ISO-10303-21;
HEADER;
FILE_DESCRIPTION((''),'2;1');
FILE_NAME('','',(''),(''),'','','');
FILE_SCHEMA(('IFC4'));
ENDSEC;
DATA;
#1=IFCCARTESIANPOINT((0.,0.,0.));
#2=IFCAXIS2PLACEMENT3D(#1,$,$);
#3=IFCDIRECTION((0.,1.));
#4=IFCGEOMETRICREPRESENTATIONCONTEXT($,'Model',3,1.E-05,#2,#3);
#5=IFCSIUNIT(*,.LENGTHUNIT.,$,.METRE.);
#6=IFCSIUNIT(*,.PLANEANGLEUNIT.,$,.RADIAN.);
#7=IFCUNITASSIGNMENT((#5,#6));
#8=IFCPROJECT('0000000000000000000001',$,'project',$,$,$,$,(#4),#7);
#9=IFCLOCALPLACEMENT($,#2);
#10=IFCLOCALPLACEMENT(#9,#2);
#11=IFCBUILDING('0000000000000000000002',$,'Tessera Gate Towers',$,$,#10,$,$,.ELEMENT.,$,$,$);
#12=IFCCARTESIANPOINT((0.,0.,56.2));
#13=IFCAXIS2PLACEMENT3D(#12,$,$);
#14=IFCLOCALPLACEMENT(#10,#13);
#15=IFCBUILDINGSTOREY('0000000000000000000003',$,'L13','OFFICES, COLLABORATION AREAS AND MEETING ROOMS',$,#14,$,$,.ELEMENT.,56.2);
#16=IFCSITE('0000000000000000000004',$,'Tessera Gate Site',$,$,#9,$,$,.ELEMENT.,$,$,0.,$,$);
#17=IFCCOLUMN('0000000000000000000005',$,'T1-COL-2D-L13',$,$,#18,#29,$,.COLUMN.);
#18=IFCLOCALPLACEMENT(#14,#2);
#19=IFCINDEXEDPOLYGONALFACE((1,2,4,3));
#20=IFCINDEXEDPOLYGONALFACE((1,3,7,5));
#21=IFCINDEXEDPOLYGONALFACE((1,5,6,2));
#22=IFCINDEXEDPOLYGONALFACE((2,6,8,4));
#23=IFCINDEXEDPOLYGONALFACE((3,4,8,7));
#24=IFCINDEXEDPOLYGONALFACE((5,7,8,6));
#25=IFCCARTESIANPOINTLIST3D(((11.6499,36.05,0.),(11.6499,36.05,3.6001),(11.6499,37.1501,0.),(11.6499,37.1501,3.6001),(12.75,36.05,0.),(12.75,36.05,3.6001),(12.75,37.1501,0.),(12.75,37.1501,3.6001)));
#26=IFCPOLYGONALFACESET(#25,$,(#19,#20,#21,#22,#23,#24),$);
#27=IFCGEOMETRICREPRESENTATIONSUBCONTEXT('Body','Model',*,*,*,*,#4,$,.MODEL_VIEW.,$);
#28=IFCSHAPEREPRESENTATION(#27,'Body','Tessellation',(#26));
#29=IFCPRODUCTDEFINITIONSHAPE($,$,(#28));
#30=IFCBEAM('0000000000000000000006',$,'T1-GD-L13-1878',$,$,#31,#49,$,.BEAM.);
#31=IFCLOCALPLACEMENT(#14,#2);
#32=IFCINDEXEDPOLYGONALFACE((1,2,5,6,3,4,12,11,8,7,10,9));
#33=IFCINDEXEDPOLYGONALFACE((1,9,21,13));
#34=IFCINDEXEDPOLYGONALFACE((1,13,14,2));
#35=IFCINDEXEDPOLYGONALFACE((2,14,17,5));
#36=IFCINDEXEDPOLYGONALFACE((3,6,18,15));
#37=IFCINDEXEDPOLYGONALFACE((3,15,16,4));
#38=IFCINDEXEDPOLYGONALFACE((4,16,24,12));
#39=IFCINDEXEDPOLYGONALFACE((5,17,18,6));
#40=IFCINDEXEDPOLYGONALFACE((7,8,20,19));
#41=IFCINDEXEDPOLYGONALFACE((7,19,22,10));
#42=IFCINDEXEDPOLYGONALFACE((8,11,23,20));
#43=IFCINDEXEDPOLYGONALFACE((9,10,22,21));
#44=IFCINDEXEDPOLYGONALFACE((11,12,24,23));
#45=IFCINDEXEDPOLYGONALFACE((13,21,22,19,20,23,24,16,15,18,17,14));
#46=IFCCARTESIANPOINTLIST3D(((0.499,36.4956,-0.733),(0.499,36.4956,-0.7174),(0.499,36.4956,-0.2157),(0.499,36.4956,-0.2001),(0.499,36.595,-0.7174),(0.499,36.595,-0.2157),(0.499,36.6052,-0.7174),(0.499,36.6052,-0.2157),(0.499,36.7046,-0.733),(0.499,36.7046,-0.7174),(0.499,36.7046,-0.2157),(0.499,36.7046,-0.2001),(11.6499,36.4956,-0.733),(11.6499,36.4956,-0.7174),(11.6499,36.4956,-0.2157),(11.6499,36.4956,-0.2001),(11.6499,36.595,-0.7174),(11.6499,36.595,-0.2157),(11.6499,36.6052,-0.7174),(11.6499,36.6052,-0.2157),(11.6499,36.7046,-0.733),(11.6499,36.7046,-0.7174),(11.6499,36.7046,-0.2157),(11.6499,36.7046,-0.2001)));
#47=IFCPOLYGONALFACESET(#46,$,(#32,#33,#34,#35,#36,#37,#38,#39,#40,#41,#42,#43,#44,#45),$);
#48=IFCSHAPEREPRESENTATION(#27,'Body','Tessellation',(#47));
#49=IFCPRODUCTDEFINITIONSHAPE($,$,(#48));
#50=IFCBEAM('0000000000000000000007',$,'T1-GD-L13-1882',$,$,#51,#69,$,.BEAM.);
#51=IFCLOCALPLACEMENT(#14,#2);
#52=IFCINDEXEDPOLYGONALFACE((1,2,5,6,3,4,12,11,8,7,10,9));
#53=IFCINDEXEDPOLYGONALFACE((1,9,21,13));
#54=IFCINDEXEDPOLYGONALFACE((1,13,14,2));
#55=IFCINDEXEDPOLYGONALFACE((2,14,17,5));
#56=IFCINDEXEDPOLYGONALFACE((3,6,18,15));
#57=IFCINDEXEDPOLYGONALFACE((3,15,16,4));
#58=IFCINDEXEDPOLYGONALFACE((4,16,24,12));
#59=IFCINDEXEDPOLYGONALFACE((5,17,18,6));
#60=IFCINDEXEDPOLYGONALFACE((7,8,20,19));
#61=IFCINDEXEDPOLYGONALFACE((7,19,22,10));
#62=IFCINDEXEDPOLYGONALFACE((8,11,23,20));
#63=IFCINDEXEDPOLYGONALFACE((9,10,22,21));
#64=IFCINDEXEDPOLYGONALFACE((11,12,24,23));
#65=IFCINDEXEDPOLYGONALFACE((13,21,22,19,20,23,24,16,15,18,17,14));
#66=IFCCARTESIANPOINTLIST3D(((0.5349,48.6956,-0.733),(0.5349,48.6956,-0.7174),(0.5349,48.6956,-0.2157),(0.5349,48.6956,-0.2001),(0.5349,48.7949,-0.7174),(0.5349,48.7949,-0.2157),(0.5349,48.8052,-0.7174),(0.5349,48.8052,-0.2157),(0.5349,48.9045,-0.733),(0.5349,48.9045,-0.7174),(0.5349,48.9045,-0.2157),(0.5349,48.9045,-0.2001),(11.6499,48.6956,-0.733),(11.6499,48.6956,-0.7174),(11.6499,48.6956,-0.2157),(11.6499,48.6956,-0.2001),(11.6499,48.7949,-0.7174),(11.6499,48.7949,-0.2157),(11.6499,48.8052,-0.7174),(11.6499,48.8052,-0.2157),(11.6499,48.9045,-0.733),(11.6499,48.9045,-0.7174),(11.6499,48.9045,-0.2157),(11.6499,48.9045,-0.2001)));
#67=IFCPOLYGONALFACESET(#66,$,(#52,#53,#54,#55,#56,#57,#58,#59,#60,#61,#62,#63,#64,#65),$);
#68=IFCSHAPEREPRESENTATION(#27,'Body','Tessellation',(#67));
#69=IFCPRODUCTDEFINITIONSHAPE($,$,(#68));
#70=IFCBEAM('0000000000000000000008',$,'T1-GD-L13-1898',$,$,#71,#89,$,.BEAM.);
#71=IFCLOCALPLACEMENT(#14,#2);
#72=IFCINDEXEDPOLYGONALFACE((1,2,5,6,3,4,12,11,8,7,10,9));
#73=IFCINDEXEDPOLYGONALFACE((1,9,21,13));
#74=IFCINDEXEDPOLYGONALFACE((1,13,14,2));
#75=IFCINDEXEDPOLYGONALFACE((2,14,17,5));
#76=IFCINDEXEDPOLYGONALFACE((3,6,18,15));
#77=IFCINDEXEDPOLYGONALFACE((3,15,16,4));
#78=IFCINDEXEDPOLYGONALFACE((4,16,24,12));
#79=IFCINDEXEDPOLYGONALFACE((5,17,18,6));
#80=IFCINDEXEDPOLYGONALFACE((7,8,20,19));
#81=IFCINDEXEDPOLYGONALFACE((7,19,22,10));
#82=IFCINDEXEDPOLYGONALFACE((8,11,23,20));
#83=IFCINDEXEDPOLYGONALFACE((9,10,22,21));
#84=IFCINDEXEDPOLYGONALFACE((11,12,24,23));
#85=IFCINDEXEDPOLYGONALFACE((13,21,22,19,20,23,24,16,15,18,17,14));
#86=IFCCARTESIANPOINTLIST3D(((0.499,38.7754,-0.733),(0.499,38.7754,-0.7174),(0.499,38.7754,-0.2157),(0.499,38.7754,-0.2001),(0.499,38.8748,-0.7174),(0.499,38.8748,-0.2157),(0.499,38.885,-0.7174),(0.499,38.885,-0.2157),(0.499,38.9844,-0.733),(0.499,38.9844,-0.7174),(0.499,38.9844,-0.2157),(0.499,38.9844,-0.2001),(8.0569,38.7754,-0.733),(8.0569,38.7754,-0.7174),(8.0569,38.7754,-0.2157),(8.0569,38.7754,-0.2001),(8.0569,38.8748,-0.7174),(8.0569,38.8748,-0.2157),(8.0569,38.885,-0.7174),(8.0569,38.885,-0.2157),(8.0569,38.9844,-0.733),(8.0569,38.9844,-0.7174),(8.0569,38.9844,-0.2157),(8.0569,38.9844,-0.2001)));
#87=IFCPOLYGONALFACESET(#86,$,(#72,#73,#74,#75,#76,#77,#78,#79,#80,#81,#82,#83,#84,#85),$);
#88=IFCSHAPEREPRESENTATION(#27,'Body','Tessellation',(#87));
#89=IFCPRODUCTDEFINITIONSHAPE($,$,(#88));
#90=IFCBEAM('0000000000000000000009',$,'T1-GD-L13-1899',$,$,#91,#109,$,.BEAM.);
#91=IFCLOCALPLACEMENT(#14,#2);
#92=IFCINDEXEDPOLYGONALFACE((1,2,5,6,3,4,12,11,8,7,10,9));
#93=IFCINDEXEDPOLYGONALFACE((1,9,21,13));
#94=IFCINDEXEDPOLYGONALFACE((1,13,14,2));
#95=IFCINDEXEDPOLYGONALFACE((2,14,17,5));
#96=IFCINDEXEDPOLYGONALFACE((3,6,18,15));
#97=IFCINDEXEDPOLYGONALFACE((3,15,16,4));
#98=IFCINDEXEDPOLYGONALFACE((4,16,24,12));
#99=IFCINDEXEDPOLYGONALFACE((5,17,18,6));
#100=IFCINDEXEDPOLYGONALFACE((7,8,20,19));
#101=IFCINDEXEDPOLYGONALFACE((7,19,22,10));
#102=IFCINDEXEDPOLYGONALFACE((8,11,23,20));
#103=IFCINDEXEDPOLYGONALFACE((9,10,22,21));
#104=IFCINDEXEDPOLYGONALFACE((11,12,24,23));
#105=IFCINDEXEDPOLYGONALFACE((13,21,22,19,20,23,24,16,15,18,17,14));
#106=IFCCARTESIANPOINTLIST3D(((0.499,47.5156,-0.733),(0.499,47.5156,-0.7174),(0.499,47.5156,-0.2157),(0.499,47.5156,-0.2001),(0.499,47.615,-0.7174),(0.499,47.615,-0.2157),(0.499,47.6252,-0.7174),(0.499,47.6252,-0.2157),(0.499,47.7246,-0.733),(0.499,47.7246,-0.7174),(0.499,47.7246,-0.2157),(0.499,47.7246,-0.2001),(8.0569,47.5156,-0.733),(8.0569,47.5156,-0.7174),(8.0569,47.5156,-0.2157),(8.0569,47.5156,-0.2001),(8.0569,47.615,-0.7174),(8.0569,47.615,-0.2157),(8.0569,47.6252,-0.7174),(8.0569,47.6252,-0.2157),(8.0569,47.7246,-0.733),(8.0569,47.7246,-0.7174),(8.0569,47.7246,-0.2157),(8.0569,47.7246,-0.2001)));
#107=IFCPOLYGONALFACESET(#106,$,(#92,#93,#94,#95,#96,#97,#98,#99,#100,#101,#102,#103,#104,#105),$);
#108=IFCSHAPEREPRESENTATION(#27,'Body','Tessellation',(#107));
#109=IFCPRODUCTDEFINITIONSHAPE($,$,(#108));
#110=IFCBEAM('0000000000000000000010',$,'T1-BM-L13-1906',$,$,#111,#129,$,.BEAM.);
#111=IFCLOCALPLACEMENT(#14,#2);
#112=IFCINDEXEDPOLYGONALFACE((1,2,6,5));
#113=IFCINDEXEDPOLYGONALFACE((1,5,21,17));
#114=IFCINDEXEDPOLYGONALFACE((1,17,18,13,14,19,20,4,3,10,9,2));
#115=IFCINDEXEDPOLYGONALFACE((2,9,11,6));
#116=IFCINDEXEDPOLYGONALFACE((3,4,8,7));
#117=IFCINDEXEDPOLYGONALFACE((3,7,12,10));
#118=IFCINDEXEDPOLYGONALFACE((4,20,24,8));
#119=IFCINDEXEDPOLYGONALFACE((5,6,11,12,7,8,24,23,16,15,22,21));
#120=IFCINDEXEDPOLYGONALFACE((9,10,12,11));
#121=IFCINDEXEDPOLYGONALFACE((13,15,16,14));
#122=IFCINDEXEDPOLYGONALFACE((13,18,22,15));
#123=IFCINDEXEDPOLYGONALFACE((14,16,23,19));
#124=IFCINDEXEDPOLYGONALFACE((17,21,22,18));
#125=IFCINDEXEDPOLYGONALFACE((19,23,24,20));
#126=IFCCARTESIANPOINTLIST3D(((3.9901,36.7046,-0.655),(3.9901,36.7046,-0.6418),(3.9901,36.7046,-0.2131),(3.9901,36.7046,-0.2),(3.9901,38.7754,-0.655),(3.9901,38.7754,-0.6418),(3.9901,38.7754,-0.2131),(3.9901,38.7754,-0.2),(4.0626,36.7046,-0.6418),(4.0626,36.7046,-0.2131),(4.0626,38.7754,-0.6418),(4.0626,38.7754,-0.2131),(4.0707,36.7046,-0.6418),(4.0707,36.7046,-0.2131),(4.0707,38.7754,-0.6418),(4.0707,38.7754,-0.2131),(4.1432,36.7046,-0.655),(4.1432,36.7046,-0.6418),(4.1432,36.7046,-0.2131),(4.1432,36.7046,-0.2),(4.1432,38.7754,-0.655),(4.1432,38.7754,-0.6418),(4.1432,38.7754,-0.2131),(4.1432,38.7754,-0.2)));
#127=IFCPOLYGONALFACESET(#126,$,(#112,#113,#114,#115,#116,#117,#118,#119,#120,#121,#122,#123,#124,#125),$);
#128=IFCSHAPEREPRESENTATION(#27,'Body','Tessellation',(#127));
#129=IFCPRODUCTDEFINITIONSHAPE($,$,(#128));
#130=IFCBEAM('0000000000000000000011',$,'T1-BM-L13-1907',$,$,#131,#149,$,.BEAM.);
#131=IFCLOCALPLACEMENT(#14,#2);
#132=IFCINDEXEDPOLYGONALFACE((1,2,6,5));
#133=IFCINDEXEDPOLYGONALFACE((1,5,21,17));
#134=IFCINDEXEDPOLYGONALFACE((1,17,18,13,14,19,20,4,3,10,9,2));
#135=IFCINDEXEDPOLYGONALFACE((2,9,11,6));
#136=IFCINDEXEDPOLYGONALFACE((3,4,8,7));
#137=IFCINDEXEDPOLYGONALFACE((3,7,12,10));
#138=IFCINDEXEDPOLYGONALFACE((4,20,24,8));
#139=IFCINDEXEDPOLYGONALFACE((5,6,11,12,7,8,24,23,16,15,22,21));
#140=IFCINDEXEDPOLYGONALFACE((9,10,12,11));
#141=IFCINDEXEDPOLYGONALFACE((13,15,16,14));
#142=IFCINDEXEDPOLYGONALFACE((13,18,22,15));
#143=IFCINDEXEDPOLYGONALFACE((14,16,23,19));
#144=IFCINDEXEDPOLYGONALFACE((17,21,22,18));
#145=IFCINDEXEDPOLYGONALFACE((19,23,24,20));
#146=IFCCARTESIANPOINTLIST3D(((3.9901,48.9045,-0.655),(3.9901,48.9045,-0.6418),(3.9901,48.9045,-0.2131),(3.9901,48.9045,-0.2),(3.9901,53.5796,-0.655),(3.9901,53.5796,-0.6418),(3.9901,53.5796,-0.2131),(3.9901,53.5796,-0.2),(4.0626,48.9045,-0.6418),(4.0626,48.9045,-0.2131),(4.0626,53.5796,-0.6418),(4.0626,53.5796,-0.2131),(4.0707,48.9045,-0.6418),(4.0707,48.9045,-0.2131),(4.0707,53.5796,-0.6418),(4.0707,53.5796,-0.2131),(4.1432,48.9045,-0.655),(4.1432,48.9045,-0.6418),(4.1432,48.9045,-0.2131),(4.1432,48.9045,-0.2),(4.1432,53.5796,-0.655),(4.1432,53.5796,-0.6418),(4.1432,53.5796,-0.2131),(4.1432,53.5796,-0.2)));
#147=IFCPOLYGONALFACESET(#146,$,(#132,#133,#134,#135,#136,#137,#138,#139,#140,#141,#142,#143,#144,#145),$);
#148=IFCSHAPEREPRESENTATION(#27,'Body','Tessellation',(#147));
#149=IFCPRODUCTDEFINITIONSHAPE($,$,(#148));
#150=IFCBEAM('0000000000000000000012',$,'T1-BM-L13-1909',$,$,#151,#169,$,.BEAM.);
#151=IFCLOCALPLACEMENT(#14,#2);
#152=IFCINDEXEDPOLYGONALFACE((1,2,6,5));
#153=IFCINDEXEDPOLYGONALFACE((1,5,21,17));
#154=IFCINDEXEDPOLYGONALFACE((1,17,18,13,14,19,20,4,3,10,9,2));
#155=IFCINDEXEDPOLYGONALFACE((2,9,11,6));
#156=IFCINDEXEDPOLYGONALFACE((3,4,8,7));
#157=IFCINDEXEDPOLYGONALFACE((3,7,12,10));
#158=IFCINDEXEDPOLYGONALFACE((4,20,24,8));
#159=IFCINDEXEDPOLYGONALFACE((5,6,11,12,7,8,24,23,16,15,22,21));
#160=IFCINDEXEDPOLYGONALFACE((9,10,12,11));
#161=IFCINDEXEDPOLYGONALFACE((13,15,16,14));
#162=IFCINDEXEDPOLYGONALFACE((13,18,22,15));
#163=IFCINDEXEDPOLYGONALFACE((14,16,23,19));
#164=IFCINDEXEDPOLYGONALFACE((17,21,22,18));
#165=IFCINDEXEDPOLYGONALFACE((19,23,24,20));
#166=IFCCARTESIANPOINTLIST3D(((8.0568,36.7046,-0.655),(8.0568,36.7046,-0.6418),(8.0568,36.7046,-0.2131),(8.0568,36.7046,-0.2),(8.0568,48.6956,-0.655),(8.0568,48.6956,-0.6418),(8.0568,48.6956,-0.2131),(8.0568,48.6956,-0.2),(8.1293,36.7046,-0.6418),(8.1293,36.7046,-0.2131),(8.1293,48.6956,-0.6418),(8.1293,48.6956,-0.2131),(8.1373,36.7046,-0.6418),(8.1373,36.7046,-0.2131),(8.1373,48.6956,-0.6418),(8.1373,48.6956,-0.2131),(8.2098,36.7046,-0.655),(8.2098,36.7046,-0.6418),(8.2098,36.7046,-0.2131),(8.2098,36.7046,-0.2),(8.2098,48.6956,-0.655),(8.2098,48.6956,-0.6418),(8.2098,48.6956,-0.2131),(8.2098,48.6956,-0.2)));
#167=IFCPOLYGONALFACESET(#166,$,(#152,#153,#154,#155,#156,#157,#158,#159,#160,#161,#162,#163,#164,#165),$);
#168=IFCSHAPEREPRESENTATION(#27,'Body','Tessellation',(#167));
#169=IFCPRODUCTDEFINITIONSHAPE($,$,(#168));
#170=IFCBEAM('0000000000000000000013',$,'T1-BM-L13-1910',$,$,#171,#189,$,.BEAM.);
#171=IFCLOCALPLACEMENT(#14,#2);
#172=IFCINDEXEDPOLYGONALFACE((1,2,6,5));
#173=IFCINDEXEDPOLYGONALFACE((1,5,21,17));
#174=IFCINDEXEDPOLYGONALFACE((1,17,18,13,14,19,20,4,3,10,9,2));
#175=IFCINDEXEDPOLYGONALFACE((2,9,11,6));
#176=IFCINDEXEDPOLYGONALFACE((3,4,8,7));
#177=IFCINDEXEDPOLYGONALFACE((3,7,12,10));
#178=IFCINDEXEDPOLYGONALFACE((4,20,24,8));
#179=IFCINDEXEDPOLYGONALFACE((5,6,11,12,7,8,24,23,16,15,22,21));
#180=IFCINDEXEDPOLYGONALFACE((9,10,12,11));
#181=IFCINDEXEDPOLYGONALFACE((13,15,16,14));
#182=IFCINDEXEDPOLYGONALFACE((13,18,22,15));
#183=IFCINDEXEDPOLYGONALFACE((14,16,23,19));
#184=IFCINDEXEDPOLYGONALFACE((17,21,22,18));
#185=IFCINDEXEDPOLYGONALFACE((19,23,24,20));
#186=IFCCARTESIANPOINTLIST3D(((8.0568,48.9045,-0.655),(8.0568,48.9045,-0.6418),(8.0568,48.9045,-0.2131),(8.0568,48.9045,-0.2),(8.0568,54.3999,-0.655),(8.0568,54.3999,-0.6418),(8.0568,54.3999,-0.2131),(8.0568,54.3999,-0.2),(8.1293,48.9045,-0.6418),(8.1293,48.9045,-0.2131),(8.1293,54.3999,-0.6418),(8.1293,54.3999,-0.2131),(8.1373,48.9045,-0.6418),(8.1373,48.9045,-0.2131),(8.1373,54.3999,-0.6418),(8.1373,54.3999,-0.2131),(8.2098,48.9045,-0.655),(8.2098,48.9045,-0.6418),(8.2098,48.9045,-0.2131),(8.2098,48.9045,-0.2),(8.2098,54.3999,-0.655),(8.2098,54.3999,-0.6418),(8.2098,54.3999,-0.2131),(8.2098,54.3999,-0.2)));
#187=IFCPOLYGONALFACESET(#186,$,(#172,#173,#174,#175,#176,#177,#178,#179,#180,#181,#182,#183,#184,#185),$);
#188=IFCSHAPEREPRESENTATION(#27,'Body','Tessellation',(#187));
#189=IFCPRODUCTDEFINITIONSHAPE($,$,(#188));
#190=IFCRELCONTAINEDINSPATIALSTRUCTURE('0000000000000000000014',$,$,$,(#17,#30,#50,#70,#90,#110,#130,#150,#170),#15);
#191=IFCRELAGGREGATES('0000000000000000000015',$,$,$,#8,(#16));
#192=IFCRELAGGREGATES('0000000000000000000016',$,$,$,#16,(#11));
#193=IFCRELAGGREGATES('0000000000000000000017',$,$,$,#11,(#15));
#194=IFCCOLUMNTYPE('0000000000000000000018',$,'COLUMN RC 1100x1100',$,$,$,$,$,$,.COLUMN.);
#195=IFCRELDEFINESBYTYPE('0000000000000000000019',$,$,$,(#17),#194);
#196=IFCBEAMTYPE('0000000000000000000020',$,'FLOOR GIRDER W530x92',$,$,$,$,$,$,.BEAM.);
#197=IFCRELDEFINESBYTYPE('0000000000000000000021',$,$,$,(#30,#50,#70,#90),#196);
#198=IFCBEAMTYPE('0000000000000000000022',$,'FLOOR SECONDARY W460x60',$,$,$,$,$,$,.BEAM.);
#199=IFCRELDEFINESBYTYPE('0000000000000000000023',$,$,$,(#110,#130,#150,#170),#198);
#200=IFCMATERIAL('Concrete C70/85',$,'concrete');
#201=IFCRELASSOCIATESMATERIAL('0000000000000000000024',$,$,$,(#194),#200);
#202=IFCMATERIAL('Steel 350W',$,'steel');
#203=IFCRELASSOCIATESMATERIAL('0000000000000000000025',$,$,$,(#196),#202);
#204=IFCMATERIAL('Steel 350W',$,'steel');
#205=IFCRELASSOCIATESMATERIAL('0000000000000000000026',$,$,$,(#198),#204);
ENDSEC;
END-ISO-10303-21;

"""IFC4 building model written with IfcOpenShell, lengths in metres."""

from ifc_helpers import new_model, si_unit, direction, frame, origin, origin_2d, place, context, subcontext, project, spatial, rectangle, i_section, extrude, material, material_profile, profile_set, type_object, element, save


model = new_model("IFC4")

# Units and contexts
model_context = context("Model", 3, precision=1e-05, world=origin(), true_north=direction((0.0, 1.0)))
body_context = subcontext(model_context, "Body", "Model", "MODEL_VIEW")
ifc_project = project(units=[si_unit("LENGTHUNIT", "METRE"), si_unit("PLANEANGLEUNIT", "RADIAN")], contexts=[model_context])

# Site, building, storey
site_placement = place(None, origin())
site = spatial("IfcSite", under=ifc_project, at=site_placement, Name="Tessera Gate Site", CompositionType="ELEMENT", RefElevation=0.0)
building_placement = place(site_placement, origin())
building = spatial("IfcBuilding", under=site, at=building_placement, Name="Tessera Gate Towers", CompositionType="ELEMENT")
storey_placement = place(building_placement, frame((0.0, 0.0, 56.2)))
storey = spatial("IfcBuildingStorey", under=building, at=storey_placement, Name="L13", Description="OFFICES, COLLABORATION AREAS AND MEETING ROOMS", CompositionType="ELEMENT", Elevation=56.2)

# Column
ifc_material_1 = material(Name="Concrete C70/85", Category="concrete")
ifc_material_profile_1 = material_profile(ifc_material_1, rectangle(XDim=1.1001, YDim=1.1001, at=origin_2d()), Name="RC 1100x1100")
ifc_profile_set_1 = profile_set([ifc_material_profile_1], Name="Concrete C70/85")
column_type = type_object("IfcColumnType", Name="COLUMN RC 1100x1100", PredefinedType="COLUMN", material=ifc_profile_set_1)
column_placement = place(storey_placement, frame((12.2, 36.6001, 0.0), z_axis=(0.0, 0.0, 1.0), x_axis=(1.0, 0.0, 0.0)))
element("IfcColumn", 1, at=column_placement, inside=storey, type_object=column_type, Name="T1-COL-2D-L13", PredefinedType="COLUMN", context=body_context, shape_type="SweptSolid", body=[
    extrude(rectangle(XDim=1.1001, YDim=1.1001, at=origin_2d()), origin(), (0.0, 0.0, 1.0), 3.6001),
])

# Beams
ifc_material_2 = material(Name="Steel 350W", Category="steel")
ifc_material_profile_2 = material_profile(ifc_material_2, i_section(OverallWidth=0.209, OverallDepth=0.533, WebThickness=0.0103, FlangeThickness=0.0156, at=origin_2d()), Name="W530x92")
ifc_profile_set_2 = profile_set([ifc_material_profile_2], Name="Steel 350W")
beam_type_1 = type_object("IfcBeamType", Name="FLOOR GIRDER W530x92", PredefinedType="BEAM", material=ifc_profile_set_2)
beam_1_placement = place(storey_placement, frame((0.499, 36.6001, -0.4666), z_axis=(1.0, 0.0, 0.0), x_axis=(0.0, 1.0, 0.0)))
element("IfcBeam", 2, at=beam_1_placement, inside=storey, type_object=beam_type_1, Name="T1-GD-L13-1878", PredefinedType="BEAM", context=body_context, shape_type="SweptSolid", body=[
    extrude(i_section(OverallWidth=0.209, OverallDepth=0.533, WebThickness=0.0103, FlangeThickness=0.0156, at=origin_2d()), origin(), (0.0, 0.0, 1.0), 11.1509),
])
beam_2_placement = place(storey_placement, frame((0.5349, 48.8, -0.4666), z_axis=(1.0, 0.0, 0.0), x_axis=(0.0, 1.0, 0.0)))
element("IfcBeam", 3, at=beam_2_placement, inside=storey, type_object=beam_type_1, Name="T1-GD-L13-1882", PredefinedType="BEAM", context=body_context, shape_type="SweptSolid", body=[
    extrude(i_section(OverallWidth=0.209, OverallDepth=0.533, WebThickness=0.0103, FlangeThickness=0.0156, at=origin_2d()), origin(), (0.0, 0.0, 1.0), 11.115),
])
for number, where, z_axis, x_axis, name in (
    (4, (0.499, 38.8799, -0.4666), (1.0, 0.0, 0.0), (0.0, 1.0, 0.0), "T1-GD-L13-1898"),
    (5, (0.499, 47.6201, -0.4666), (1.0, 0.0, 0.0), (0.0, 1.0, 0.0), "T1-GD-L13-1899"),
):
    element("IfcBeam", number, at=place(storey_placement, frame(where, z_axis=z_axis, x_axis=x_axis)), inside=storey, type_object=beam_type_1, Name=name, PredefinedType="BEAM", context=body_context, shape_type="SweptSolid", body=[
        extrude(i_section(OverallWidth=0.209, OverallDepth=0.533, WebThickness=0.0103, FlangeThickness=0.0156, at=origin_2d()), origin(), (0.0, 0.0, 1.0), 7.5579),
    ])
ifc_material_3 = material(Name="Steel 350W", Category="steel")
ifc_material_profile_3 = material_profile(ifc_material_3, i_section(OverallWidth=0.1531, OverallDepth=0.4551, WebThickness=0.0081, FlangeThickness=0.0132, at=origin_2d()), Name="W460x60")
ifc_profile_set_3 = profile_set([ifc_material_profile_3], Name="Steel 350W")
beam_type_2 = type_object("IfcBeamType", Name="FLOOR SECONDARY W460x60", PredefinedType="BEAM", material=ifc_profile_set_3)
beam_3_placement = place(storey_placement, frame((4.0667, 36.7046, -0.4275), z_axis=(0.0, 1.0, 0.0), x_axis=(-1.0, 0.0, 0.0)))
element("IfcBeam", 6, at=beam_3_placement, inside=storey, type_object=beam_type_2, Name="T1-BM-L13-1906", PredefinedType="BEAM", context=body_context, shape_type="SweptSolid", body=[
    extrude(i_section(OverallWidth=0.1531, OverallDepth=0.4551, WebThickness=0.0081, FlangeThickness=0.0132, at=origin_2d()), origin(), (0.0, 0.0, 1.0), 2.0708),
])
beam_4_placement = place(storey_placement, frame((4.0667, 48.9045, -0.4275), z_axis=(0.0, 1.0, 0.0), x_axis=(-1.0, 0.0, 0.0)))
element("IfcBeam", 7, at=beam_4_placement, inside=storey, type_object=beam_type_2, Name="T1-BM-L13-1907", PredefinedType="BEAM", context=body_context, shape_type="SweptSolid", body=[
    extrude(i_section(OverallWidth=0.1531, OverallDepth=0.4551, WebThickness=0.0081, FlangeThickness=0.0132, at=origin_2d()), origin(), (0.0, 0.0, 1.0), 4.675),
])
beam_5_placement = place(storey_placement, frame((8.1333, 36.7046, -0.4275), z_axis=(0.0, 1.0, 0.0), x_axis=(-1.0, 0.0, 0.0)))
element("IfcBeam", 8, at=beam_5_placement, inside=storey, type_object=beam_type_2, Name="T1-BM-L13-1909", PredefinedType="BEAM", context=body_context, shape_type="SweptSolid", body=[
    extrude(i_section(OverallWidth=0.1531, OverallDepth=0.4551, WebThickness=0.0081, FlangeThickness=0.0132, at=origin_2d()), origin(), (0.0, 0.0, 1.0), 11.991),
])
beam_6_placement = place(storey_placement, frame((8.1333, 48.9045, -0.4275), z_axis=(0.0, 1.0, 0.0), x_axis=(-1.0, 0.0, 0.0)))
element("IfcBeam", 9, at=beam_6_placement, inside=storey, type_object=beam_type_2, Name="T1-BM-L13-1910", PredefinedType="BEAM", context=body_context, shape_type="SweptSolid", body=[
    extrude(i_section(OverallWidth=0.1531, OverallDepth=0.4551, WebThickness=0.0081, FlangeThickness=0.0132, at=origin_2d()), origin(), (0.0, 0.0, 1.0), 5.4954),
])

save(model, "model.ifc")
